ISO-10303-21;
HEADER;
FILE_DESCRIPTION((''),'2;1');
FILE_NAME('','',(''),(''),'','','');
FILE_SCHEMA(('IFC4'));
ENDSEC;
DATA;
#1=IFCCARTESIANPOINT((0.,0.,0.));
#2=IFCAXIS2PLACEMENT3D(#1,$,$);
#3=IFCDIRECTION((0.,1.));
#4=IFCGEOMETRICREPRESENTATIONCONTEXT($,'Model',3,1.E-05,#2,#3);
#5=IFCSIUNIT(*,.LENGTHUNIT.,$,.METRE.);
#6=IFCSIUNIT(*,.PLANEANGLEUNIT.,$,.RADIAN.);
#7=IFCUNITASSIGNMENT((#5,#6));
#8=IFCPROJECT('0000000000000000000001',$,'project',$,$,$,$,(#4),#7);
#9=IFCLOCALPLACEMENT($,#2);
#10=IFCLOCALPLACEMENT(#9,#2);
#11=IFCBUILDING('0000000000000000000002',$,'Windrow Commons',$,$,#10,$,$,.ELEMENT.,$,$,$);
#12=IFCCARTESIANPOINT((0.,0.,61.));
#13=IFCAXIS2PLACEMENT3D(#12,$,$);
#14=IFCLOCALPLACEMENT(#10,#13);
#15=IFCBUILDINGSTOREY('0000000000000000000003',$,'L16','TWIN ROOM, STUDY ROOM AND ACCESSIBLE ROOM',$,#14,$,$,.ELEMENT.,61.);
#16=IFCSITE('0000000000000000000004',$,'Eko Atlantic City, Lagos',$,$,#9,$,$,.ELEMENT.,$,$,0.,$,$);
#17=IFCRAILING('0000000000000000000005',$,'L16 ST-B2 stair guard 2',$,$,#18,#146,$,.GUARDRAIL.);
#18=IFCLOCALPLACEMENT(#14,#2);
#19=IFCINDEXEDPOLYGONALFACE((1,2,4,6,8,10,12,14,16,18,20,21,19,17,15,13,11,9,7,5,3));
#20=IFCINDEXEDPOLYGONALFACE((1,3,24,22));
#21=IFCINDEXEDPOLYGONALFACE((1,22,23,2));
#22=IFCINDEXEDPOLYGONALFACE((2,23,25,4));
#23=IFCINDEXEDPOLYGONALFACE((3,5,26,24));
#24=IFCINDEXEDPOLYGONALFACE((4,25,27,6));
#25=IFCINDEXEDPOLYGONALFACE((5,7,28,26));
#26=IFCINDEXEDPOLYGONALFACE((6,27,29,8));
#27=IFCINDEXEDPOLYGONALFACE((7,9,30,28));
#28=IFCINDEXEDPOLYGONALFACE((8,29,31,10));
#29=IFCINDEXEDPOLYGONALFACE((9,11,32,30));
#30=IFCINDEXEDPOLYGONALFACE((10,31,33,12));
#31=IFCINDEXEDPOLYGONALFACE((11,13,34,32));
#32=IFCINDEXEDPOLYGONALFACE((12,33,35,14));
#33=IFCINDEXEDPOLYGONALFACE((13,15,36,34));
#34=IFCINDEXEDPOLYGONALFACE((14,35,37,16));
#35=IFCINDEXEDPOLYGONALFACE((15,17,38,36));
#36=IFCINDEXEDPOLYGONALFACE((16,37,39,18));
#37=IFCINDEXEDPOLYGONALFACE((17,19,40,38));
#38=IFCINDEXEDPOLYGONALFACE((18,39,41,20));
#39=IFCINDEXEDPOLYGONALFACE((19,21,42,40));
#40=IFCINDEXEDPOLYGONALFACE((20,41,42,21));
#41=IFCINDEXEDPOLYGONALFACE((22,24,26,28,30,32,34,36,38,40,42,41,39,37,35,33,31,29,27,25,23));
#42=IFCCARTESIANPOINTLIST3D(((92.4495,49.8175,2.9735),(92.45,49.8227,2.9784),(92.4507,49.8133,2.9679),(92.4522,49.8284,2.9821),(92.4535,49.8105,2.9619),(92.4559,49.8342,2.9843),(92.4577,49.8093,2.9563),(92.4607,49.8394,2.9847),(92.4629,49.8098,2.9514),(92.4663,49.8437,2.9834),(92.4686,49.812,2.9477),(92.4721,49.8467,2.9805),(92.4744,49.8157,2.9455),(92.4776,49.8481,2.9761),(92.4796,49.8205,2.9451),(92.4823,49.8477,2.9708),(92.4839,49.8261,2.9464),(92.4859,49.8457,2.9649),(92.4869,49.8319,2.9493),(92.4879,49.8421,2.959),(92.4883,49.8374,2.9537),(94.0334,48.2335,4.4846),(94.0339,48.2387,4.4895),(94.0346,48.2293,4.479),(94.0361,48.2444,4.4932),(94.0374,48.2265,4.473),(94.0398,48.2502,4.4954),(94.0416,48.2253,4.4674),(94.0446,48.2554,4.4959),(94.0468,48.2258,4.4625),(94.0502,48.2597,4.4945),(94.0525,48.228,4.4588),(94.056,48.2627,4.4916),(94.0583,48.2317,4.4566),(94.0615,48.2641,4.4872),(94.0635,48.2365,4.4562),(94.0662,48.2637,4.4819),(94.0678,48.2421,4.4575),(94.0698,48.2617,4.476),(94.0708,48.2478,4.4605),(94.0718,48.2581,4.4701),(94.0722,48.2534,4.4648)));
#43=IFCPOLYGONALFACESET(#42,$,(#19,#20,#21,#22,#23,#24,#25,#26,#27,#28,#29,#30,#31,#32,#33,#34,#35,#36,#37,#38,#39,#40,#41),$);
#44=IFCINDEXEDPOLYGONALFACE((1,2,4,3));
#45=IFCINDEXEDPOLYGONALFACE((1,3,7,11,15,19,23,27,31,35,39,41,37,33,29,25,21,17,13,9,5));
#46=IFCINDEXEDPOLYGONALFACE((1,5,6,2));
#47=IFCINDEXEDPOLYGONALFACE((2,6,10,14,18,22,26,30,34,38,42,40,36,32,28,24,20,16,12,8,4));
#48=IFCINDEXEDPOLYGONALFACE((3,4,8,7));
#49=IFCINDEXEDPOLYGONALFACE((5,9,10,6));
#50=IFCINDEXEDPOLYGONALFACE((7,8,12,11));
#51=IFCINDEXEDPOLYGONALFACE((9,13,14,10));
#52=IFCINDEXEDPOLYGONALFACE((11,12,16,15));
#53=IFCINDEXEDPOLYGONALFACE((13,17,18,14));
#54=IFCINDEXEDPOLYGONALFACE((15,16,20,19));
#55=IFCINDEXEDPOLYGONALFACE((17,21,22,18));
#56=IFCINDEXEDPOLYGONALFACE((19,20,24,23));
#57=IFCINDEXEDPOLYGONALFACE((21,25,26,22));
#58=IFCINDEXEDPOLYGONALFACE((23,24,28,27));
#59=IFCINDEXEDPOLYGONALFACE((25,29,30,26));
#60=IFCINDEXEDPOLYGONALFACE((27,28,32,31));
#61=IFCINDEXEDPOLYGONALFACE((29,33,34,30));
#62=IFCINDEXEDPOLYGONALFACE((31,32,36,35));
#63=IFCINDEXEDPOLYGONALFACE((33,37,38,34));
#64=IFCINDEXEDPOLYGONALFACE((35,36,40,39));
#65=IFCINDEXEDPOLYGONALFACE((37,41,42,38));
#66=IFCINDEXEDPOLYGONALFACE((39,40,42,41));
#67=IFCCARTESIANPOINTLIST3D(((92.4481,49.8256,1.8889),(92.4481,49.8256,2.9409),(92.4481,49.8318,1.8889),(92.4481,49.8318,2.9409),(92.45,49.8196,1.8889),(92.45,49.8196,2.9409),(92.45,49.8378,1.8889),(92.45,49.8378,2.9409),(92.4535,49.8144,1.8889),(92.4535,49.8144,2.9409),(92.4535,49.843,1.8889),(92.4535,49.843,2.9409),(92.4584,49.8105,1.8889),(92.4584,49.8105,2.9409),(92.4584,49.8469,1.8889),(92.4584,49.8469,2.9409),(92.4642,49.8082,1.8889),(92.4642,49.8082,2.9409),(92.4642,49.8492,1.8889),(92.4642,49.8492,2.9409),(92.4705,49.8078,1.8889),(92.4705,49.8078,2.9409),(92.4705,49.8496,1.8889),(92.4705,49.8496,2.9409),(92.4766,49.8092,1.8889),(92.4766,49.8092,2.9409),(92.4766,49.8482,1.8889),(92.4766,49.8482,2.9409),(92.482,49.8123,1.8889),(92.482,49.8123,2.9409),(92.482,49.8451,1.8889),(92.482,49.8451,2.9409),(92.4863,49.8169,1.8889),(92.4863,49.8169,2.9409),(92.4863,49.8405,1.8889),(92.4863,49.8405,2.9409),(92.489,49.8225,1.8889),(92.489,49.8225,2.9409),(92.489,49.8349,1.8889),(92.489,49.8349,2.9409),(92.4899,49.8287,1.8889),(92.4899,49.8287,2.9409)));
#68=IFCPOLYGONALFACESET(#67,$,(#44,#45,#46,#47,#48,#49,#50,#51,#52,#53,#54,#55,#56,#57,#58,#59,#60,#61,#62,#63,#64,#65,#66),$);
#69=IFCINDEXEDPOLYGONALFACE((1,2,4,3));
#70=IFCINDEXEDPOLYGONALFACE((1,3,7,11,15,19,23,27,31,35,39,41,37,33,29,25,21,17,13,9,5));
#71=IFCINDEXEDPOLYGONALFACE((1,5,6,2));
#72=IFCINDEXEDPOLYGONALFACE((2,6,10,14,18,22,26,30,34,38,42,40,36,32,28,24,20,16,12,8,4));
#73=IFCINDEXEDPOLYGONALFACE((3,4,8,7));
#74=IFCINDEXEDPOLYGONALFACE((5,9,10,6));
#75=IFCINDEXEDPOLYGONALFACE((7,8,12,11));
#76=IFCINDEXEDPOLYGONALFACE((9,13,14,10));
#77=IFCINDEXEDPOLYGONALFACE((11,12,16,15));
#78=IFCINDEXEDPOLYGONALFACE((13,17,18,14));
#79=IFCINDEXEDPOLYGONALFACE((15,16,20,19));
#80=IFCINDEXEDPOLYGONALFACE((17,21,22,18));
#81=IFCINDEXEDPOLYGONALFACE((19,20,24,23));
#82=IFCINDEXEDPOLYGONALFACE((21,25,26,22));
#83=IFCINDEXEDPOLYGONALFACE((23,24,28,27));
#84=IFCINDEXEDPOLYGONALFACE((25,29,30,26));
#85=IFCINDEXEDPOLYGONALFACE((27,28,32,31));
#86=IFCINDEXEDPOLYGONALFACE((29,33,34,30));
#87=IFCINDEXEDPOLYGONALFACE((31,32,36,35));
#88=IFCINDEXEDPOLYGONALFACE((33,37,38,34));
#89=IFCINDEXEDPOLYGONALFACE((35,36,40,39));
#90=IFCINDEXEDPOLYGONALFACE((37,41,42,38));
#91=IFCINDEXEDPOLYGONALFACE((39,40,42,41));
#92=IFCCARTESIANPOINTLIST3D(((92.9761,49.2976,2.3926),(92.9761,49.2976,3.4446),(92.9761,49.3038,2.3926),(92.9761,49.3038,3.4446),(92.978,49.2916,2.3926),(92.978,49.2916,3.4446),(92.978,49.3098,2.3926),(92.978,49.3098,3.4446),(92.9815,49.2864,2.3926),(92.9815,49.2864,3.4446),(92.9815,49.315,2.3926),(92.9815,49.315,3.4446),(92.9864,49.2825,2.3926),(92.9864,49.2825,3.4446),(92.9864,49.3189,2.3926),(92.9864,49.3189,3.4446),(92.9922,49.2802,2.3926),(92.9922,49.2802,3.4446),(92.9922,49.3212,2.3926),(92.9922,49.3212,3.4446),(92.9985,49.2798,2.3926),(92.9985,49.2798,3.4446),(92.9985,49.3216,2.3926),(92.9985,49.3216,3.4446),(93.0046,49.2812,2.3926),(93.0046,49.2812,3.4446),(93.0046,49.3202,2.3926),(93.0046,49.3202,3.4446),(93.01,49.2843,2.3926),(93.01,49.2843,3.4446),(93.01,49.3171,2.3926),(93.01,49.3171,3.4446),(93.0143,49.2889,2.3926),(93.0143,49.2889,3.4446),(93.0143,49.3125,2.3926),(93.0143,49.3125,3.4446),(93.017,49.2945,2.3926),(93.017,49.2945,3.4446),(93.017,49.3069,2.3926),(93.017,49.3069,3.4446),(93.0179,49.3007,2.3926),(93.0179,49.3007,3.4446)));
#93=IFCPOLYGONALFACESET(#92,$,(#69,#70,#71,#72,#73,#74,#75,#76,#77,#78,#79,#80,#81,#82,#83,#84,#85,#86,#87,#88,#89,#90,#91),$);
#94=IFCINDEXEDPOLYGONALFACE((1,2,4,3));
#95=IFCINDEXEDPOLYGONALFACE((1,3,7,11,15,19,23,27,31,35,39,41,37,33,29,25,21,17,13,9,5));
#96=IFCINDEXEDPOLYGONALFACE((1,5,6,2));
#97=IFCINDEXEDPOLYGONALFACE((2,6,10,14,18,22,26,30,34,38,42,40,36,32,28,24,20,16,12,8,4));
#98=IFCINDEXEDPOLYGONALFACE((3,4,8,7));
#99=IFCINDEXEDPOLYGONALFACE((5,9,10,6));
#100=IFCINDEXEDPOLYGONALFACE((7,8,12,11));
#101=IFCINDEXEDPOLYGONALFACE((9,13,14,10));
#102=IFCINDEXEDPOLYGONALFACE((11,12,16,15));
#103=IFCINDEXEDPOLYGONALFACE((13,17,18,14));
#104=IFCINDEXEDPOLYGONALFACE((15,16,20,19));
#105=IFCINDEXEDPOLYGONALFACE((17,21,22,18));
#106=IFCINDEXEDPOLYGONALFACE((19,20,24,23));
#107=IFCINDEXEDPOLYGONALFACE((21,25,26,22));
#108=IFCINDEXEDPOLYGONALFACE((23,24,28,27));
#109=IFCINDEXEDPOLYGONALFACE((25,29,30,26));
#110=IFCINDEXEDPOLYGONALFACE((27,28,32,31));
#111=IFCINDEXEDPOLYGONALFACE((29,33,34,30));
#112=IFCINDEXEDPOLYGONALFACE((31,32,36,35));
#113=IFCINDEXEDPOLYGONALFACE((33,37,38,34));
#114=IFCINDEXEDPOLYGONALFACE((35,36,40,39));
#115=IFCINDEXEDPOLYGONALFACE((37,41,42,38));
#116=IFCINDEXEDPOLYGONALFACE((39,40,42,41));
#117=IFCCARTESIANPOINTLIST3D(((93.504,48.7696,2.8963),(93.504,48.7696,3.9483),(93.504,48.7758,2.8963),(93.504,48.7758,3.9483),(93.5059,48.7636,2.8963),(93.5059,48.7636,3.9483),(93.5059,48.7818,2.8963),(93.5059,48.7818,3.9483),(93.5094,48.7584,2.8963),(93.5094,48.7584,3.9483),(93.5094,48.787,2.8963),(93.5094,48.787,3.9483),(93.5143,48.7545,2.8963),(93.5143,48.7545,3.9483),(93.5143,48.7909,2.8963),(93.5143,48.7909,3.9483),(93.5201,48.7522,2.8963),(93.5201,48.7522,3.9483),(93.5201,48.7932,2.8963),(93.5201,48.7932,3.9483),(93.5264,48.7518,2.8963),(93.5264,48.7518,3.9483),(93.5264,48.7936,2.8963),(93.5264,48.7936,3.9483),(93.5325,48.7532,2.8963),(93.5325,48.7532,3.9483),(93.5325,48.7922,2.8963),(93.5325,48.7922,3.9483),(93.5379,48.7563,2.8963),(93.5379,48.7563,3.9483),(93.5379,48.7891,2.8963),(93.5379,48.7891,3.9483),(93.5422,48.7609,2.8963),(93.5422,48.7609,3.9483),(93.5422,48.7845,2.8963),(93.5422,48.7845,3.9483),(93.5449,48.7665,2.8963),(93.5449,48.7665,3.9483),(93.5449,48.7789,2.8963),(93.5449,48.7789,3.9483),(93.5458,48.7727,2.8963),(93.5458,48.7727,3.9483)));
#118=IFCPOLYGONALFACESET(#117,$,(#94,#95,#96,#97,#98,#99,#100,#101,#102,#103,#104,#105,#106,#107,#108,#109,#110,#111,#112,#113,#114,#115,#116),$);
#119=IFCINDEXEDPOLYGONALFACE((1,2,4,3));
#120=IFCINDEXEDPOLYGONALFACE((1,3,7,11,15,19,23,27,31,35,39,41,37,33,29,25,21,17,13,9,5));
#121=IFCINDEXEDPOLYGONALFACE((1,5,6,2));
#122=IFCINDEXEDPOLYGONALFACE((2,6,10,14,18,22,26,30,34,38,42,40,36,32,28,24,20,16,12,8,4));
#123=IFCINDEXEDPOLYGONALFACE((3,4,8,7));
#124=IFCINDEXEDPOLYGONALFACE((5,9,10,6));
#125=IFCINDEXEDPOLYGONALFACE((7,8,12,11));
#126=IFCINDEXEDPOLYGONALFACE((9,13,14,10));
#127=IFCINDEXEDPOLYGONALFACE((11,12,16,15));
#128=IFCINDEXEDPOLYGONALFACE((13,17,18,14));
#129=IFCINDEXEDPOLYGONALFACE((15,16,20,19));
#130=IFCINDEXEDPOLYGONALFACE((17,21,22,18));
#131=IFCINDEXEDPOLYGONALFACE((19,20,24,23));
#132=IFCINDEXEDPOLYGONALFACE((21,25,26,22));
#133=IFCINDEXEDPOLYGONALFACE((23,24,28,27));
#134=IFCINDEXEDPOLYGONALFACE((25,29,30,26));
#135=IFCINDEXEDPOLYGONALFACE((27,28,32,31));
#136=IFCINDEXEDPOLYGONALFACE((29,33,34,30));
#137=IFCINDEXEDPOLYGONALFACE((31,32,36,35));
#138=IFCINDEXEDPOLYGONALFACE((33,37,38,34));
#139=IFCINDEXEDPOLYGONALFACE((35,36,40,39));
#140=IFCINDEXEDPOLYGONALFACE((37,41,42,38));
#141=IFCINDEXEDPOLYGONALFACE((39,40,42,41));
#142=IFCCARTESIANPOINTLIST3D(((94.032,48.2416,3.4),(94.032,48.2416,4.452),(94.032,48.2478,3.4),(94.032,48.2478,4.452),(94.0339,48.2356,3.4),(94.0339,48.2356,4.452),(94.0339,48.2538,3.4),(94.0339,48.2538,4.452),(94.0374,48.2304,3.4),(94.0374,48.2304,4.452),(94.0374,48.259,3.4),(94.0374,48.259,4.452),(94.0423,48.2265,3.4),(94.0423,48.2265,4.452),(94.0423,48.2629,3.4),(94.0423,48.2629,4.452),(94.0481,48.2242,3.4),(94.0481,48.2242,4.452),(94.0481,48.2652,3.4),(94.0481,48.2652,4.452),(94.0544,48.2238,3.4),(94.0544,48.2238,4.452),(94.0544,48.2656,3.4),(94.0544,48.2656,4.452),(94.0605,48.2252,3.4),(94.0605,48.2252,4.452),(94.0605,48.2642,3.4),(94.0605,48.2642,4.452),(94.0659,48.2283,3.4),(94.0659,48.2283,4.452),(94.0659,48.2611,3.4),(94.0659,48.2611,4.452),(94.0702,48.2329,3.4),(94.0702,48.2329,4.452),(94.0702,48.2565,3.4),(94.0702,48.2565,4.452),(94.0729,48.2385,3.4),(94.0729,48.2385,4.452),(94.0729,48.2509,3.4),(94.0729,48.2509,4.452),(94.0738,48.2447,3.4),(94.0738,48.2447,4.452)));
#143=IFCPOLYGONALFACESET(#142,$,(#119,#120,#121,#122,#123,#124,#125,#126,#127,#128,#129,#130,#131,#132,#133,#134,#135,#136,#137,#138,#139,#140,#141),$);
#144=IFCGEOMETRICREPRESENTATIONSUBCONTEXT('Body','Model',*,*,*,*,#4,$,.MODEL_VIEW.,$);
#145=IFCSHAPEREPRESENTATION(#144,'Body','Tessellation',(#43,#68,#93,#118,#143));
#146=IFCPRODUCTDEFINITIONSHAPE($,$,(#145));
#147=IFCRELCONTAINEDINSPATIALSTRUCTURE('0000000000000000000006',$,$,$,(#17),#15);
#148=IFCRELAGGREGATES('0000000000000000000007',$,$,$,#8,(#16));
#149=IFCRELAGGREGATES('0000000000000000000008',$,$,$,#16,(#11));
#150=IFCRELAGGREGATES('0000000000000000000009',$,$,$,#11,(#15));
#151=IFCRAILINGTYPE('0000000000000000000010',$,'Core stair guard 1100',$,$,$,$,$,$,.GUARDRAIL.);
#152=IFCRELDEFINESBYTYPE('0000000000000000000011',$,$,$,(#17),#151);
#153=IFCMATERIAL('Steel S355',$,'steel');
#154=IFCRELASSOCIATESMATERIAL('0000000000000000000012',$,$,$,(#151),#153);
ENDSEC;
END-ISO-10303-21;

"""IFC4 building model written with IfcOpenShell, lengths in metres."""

from ifc_helpers import new_model, si_unit, direction, frame, origin, origin_2d, place, context, subcontext, project, spatial, circle, extrude, material, type_object, element, save


model = new_model("IFC4")

# Units and contexts
model_context = context("Model", 3, precision=1e-05, world=origin(), true_north=direction((0.0, 1.0)))
body_context = subcontext(model_context, "Body", "Model", "MODEL_VIEW")
ifc_project = project(units=[si_unit("LENGTHUNIT", "METRE"), si_unit("PLANEANGLEUNIT", "RADIAN")], contexts=[model_context])

# Site, building, storey
site_placement = place(None, origin())
site = spatial("IfcSite", under=ifc_project, at=site_placement, Name="Eko Atlantic City, Lagos", CompositionType="ELEMENT", RefElevation=0.0)
building_placement = place(site_placement, origin())
building = spatial("IfcBuilding", under=site, at=building_placement, Name="Windrow Commons", CompositionType="ELEMENT")
storey_placement = place(building_placement, frame((0.0, 0.0, 61.0)))
storey = spatial("IfcBuildingStorey", under=building, at=storey_placement, Name="L16", Description="TWIN ROOM, STUDY ROOM AND ACCESSIBLE ROOM", CompositionType="ELEMENT", Elevation=61.0)

# Railing
ifc_material_1 = material(Name="Steel S355", Category="steel")
railing_type_1 = type_object("IfcRailingType", Name="Core stair guard 1100", PredefinedType="GUARDRAIL", material=ifc_material_1)
railing_1_placement = place(storey_placement, frame((92.4689, 49.8287, 1.8889)))
element("IfcRailing", 1, at=railing_1_placement, inside=storey, type_object=railing_type_1, Name="L16 ST-B2 stair guard 2", PredefinedType="GUARDRAIL", context=body_context, shape_type="SweptSolid", body=[
    extrude(circle(Radius=0.024, at=origin_2d()), frame((0.0, 0.0, 1.076), z_axis=(0.586179, -0.586216, 0.559237), x_axis=(0.707129, 0.707084, 0.0)), (0.0, 0.0, 1.0), 2.7021),
    extrude(circle(Radius=0.021, at=origin_2d()), origin(), (0.0, 0.0, 1.0), 1.052),
    extrude(circle(Radius=0.021, at=origin_2d()), frame((0.528, -0.528, 0.5037)), (0.0, 0.0, 1.0), 1.052),
    extrude(circle(Radius=0.021, at=origin_2d()), frame((1.0559, -1.056, 1.0074)), (0.0, 0.0, 1.0), 1.052),
    extrude(circle(Radius=0.021, at=origin_2d()), frame((1.5839, -1.584, 1.5111)), (0.0, 0.0, 1.0), 1.052),
])

save(model, "model.ifc")
